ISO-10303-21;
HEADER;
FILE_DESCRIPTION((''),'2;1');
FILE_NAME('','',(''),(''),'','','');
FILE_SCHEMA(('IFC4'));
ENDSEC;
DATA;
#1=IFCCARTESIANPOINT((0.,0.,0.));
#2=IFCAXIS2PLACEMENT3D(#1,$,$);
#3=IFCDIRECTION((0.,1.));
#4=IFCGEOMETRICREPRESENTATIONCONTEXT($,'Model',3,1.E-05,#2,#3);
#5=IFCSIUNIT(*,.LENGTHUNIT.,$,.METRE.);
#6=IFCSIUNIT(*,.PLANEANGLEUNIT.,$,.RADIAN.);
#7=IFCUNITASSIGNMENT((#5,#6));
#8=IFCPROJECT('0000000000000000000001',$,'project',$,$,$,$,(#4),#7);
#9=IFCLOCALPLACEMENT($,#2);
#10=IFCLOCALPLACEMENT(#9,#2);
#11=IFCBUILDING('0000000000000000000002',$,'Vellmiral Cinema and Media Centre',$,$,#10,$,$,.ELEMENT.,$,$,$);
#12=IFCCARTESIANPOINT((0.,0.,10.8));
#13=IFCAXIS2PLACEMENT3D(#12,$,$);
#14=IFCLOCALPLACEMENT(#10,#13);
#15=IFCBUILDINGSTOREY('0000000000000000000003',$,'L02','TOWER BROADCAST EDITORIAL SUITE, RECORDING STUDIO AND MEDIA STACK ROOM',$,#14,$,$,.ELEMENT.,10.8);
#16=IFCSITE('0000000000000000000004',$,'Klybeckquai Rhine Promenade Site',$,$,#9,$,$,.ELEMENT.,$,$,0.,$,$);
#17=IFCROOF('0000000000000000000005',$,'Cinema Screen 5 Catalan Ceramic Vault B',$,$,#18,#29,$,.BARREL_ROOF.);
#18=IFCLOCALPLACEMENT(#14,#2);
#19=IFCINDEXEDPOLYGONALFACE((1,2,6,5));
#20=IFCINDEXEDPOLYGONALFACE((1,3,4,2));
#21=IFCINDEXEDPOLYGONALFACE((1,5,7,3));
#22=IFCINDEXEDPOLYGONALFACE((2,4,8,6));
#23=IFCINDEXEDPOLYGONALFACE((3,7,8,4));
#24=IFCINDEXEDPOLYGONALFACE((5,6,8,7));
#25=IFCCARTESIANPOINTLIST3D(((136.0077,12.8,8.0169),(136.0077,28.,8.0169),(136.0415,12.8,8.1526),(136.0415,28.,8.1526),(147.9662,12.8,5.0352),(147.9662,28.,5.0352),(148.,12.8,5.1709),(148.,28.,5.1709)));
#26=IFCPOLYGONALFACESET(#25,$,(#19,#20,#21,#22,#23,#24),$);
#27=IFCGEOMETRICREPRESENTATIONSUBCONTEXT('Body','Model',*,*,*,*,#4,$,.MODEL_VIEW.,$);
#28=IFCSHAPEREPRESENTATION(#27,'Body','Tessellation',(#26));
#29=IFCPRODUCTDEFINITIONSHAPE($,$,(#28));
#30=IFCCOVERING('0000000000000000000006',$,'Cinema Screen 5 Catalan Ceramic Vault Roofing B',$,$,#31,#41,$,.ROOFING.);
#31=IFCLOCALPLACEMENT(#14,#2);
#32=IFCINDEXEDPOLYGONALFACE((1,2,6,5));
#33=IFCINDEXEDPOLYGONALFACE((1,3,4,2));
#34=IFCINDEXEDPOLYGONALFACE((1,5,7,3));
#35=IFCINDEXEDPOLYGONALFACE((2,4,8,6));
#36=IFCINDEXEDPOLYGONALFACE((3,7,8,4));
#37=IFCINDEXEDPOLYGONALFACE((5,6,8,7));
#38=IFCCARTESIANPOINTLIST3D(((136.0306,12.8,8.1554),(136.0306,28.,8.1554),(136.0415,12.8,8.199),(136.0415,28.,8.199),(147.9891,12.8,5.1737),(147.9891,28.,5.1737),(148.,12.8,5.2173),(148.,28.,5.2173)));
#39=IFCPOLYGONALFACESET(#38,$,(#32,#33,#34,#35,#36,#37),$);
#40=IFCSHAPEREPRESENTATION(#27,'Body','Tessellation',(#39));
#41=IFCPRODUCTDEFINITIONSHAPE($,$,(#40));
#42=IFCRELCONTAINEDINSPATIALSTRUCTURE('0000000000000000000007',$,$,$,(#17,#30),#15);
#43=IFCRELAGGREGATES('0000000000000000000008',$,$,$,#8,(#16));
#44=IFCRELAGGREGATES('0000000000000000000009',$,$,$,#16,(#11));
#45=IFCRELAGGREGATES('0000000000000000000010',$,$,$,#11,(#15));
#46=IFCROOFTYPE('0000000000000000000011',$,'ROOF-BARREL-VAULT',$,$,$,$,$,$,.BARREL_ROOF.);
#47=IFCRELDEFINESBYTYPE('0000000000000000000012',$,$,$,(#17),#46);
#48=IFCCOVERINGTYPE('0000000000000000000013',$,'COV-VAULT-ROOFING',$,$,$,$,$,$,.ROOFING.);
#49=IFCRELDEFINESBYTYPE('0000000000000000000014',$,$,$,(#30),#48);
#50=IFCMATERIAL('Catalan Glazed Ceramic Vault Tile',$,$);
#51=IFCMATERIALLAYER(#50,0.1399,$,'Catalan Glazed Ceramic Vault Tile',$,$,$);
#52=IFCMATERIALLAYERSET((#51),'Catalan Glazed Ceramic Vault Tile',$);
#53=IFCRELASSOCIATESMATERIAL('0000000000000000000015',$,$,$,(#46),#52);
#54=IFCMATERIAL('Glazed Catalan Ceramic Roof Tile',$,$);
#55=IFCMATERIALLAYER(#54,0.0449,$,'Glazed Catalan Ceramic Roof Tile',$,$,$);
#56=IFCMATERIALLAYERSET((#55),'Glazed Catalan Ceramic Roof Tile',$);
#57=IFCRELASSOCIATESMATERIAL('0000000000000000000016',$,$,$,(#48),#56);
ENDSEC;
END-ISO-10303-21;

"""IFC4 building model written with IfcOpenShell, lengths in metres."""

from ifc_helpers import new_model, si_unit, direction, frame, origin, place, context, subcontext, project, spatial, polyline, outline, extrude, material, layer, layer_set, type_object, element, save


model = new_model("IFC4")

# Units and contexts
model_context = context("Model", 3, precision=1e-05, world=origin(), true_north=direction((0.0, 1.0)))
body_context = subcontext(model_context, "Body", "Model", "MODEL_VIEW")
ifc_project = project(units=[si_unit("LENGTHUNIT", "METRE"), si_unit("PLANEANGLEUNIT", "RADIAN")], contexts=[model_context])

# Site, building, storey
site_placement = place(None, origin())
site = spatial("IfcSite", under=ifc_project, at=site_placement, Name="Klybeckquai Rhine Promenade Site", CompositionType="ELEMENT", RefElevation=0.0)
building_placement = place(site_placement, origin())
building = spatial("IfcBuilding", under=site, at=building_placement, Name="Vellmiral Cinema and Media Centre", CompositionType="ELEMENT")
storey_placement = place(building_placement, frame((0.0, 0.0, 10.8)))
storey = spatial("IfcBuildingStorey", under=building, at=storey_placement, Name="L02", Description="TOWER BROADCAST EDITORIAL SUITE, RECORDING STUDIO AND MEDIA STACK ROOM", CompositionType="ELEMENT", Elevation=10.8)

# Roof
ifc_material_1 = material(Name="Catalan Glazed Ceramic Vault Tile")
ifc_layer_1 = layer(ifc_material_1, 0.1399, Name="Catalan Glazed Ceramic Vault Tile")
ifc_layer_set_1 = layer_set([ifc_layer_1], Name="Catalan Glazed Ceramic Vault Tile")
roof_type = type_object("IfcRoofType", Name="ROOF-BARREL-VAULT", PredefinedType="BARREL_ROOF", material=ifc_layer_set_1)
roof_placement = place(storey_placement, frame((136.0415, 12.8, 8.1526), z_axis=(0.24193, 0.0, 0.970294), x_axis=(0.970294, 0.0, -0.24193)))
element("IfcRoof", 1, at=roof_placement, inside=storey, type_object=roof_type, Name="Cinema Screen 5 Catalan Ceramic Vault B", PredefinedType="BARREL_ROOF", context=body_context, shape_type="SweptSolid", body=[
    extrude(outline(polyline([(0.0, 0.0), (12.3246, 0.0), (12.3246, 15.2), (0.0, 15.2), (0.0, 0.0)])), origin(), (0.0, 0.0, -1.0), 0.1399),
])

# Covering
ifc_material_2 = material(Name="Glazed Catalan Ceramic Roof Tile")
ifc_layer_2 = layer(ifc_material_2, 0.0449, Name="Glazed Catalan Ceramic Roof Tile")
ifc_layer_set_2 = layer_set([ifc_layer_2], Name="Glazed Catalan Ceramic Roof Tile")
covering_type = type_object("IfcCoveringType", Name="COV-VAULT-ROOFING", PredefinedType="ROOFING", material=ifc_layer_set_2)
covering_placement = place(storey_placement, frame((136.0415, 12.8, 8.199), z_axis=(0.24193, 0.0, 0.970294), x_axis=(0.970294, 0.0, -0.24193)))
element("IfcCovering", 2, at=covering_placement, inside=storey, type_object=covering_type, Name="Cinema Screen 5 Catalan Ceramic Vault Roofing B", PredefinedType="ROOFING", context=body_context, shape_type="SweptSolid", body=[
    extrude(outline(polyline([(0.0, 0.0), (12.3246, 0.0), (12.3246, 15.2), (0.0, 15.2), (0.0, 0.0)])), origin(), (0.0, 0.0, -1.0), 0.0449),
])

save(model, "model.ifc")
